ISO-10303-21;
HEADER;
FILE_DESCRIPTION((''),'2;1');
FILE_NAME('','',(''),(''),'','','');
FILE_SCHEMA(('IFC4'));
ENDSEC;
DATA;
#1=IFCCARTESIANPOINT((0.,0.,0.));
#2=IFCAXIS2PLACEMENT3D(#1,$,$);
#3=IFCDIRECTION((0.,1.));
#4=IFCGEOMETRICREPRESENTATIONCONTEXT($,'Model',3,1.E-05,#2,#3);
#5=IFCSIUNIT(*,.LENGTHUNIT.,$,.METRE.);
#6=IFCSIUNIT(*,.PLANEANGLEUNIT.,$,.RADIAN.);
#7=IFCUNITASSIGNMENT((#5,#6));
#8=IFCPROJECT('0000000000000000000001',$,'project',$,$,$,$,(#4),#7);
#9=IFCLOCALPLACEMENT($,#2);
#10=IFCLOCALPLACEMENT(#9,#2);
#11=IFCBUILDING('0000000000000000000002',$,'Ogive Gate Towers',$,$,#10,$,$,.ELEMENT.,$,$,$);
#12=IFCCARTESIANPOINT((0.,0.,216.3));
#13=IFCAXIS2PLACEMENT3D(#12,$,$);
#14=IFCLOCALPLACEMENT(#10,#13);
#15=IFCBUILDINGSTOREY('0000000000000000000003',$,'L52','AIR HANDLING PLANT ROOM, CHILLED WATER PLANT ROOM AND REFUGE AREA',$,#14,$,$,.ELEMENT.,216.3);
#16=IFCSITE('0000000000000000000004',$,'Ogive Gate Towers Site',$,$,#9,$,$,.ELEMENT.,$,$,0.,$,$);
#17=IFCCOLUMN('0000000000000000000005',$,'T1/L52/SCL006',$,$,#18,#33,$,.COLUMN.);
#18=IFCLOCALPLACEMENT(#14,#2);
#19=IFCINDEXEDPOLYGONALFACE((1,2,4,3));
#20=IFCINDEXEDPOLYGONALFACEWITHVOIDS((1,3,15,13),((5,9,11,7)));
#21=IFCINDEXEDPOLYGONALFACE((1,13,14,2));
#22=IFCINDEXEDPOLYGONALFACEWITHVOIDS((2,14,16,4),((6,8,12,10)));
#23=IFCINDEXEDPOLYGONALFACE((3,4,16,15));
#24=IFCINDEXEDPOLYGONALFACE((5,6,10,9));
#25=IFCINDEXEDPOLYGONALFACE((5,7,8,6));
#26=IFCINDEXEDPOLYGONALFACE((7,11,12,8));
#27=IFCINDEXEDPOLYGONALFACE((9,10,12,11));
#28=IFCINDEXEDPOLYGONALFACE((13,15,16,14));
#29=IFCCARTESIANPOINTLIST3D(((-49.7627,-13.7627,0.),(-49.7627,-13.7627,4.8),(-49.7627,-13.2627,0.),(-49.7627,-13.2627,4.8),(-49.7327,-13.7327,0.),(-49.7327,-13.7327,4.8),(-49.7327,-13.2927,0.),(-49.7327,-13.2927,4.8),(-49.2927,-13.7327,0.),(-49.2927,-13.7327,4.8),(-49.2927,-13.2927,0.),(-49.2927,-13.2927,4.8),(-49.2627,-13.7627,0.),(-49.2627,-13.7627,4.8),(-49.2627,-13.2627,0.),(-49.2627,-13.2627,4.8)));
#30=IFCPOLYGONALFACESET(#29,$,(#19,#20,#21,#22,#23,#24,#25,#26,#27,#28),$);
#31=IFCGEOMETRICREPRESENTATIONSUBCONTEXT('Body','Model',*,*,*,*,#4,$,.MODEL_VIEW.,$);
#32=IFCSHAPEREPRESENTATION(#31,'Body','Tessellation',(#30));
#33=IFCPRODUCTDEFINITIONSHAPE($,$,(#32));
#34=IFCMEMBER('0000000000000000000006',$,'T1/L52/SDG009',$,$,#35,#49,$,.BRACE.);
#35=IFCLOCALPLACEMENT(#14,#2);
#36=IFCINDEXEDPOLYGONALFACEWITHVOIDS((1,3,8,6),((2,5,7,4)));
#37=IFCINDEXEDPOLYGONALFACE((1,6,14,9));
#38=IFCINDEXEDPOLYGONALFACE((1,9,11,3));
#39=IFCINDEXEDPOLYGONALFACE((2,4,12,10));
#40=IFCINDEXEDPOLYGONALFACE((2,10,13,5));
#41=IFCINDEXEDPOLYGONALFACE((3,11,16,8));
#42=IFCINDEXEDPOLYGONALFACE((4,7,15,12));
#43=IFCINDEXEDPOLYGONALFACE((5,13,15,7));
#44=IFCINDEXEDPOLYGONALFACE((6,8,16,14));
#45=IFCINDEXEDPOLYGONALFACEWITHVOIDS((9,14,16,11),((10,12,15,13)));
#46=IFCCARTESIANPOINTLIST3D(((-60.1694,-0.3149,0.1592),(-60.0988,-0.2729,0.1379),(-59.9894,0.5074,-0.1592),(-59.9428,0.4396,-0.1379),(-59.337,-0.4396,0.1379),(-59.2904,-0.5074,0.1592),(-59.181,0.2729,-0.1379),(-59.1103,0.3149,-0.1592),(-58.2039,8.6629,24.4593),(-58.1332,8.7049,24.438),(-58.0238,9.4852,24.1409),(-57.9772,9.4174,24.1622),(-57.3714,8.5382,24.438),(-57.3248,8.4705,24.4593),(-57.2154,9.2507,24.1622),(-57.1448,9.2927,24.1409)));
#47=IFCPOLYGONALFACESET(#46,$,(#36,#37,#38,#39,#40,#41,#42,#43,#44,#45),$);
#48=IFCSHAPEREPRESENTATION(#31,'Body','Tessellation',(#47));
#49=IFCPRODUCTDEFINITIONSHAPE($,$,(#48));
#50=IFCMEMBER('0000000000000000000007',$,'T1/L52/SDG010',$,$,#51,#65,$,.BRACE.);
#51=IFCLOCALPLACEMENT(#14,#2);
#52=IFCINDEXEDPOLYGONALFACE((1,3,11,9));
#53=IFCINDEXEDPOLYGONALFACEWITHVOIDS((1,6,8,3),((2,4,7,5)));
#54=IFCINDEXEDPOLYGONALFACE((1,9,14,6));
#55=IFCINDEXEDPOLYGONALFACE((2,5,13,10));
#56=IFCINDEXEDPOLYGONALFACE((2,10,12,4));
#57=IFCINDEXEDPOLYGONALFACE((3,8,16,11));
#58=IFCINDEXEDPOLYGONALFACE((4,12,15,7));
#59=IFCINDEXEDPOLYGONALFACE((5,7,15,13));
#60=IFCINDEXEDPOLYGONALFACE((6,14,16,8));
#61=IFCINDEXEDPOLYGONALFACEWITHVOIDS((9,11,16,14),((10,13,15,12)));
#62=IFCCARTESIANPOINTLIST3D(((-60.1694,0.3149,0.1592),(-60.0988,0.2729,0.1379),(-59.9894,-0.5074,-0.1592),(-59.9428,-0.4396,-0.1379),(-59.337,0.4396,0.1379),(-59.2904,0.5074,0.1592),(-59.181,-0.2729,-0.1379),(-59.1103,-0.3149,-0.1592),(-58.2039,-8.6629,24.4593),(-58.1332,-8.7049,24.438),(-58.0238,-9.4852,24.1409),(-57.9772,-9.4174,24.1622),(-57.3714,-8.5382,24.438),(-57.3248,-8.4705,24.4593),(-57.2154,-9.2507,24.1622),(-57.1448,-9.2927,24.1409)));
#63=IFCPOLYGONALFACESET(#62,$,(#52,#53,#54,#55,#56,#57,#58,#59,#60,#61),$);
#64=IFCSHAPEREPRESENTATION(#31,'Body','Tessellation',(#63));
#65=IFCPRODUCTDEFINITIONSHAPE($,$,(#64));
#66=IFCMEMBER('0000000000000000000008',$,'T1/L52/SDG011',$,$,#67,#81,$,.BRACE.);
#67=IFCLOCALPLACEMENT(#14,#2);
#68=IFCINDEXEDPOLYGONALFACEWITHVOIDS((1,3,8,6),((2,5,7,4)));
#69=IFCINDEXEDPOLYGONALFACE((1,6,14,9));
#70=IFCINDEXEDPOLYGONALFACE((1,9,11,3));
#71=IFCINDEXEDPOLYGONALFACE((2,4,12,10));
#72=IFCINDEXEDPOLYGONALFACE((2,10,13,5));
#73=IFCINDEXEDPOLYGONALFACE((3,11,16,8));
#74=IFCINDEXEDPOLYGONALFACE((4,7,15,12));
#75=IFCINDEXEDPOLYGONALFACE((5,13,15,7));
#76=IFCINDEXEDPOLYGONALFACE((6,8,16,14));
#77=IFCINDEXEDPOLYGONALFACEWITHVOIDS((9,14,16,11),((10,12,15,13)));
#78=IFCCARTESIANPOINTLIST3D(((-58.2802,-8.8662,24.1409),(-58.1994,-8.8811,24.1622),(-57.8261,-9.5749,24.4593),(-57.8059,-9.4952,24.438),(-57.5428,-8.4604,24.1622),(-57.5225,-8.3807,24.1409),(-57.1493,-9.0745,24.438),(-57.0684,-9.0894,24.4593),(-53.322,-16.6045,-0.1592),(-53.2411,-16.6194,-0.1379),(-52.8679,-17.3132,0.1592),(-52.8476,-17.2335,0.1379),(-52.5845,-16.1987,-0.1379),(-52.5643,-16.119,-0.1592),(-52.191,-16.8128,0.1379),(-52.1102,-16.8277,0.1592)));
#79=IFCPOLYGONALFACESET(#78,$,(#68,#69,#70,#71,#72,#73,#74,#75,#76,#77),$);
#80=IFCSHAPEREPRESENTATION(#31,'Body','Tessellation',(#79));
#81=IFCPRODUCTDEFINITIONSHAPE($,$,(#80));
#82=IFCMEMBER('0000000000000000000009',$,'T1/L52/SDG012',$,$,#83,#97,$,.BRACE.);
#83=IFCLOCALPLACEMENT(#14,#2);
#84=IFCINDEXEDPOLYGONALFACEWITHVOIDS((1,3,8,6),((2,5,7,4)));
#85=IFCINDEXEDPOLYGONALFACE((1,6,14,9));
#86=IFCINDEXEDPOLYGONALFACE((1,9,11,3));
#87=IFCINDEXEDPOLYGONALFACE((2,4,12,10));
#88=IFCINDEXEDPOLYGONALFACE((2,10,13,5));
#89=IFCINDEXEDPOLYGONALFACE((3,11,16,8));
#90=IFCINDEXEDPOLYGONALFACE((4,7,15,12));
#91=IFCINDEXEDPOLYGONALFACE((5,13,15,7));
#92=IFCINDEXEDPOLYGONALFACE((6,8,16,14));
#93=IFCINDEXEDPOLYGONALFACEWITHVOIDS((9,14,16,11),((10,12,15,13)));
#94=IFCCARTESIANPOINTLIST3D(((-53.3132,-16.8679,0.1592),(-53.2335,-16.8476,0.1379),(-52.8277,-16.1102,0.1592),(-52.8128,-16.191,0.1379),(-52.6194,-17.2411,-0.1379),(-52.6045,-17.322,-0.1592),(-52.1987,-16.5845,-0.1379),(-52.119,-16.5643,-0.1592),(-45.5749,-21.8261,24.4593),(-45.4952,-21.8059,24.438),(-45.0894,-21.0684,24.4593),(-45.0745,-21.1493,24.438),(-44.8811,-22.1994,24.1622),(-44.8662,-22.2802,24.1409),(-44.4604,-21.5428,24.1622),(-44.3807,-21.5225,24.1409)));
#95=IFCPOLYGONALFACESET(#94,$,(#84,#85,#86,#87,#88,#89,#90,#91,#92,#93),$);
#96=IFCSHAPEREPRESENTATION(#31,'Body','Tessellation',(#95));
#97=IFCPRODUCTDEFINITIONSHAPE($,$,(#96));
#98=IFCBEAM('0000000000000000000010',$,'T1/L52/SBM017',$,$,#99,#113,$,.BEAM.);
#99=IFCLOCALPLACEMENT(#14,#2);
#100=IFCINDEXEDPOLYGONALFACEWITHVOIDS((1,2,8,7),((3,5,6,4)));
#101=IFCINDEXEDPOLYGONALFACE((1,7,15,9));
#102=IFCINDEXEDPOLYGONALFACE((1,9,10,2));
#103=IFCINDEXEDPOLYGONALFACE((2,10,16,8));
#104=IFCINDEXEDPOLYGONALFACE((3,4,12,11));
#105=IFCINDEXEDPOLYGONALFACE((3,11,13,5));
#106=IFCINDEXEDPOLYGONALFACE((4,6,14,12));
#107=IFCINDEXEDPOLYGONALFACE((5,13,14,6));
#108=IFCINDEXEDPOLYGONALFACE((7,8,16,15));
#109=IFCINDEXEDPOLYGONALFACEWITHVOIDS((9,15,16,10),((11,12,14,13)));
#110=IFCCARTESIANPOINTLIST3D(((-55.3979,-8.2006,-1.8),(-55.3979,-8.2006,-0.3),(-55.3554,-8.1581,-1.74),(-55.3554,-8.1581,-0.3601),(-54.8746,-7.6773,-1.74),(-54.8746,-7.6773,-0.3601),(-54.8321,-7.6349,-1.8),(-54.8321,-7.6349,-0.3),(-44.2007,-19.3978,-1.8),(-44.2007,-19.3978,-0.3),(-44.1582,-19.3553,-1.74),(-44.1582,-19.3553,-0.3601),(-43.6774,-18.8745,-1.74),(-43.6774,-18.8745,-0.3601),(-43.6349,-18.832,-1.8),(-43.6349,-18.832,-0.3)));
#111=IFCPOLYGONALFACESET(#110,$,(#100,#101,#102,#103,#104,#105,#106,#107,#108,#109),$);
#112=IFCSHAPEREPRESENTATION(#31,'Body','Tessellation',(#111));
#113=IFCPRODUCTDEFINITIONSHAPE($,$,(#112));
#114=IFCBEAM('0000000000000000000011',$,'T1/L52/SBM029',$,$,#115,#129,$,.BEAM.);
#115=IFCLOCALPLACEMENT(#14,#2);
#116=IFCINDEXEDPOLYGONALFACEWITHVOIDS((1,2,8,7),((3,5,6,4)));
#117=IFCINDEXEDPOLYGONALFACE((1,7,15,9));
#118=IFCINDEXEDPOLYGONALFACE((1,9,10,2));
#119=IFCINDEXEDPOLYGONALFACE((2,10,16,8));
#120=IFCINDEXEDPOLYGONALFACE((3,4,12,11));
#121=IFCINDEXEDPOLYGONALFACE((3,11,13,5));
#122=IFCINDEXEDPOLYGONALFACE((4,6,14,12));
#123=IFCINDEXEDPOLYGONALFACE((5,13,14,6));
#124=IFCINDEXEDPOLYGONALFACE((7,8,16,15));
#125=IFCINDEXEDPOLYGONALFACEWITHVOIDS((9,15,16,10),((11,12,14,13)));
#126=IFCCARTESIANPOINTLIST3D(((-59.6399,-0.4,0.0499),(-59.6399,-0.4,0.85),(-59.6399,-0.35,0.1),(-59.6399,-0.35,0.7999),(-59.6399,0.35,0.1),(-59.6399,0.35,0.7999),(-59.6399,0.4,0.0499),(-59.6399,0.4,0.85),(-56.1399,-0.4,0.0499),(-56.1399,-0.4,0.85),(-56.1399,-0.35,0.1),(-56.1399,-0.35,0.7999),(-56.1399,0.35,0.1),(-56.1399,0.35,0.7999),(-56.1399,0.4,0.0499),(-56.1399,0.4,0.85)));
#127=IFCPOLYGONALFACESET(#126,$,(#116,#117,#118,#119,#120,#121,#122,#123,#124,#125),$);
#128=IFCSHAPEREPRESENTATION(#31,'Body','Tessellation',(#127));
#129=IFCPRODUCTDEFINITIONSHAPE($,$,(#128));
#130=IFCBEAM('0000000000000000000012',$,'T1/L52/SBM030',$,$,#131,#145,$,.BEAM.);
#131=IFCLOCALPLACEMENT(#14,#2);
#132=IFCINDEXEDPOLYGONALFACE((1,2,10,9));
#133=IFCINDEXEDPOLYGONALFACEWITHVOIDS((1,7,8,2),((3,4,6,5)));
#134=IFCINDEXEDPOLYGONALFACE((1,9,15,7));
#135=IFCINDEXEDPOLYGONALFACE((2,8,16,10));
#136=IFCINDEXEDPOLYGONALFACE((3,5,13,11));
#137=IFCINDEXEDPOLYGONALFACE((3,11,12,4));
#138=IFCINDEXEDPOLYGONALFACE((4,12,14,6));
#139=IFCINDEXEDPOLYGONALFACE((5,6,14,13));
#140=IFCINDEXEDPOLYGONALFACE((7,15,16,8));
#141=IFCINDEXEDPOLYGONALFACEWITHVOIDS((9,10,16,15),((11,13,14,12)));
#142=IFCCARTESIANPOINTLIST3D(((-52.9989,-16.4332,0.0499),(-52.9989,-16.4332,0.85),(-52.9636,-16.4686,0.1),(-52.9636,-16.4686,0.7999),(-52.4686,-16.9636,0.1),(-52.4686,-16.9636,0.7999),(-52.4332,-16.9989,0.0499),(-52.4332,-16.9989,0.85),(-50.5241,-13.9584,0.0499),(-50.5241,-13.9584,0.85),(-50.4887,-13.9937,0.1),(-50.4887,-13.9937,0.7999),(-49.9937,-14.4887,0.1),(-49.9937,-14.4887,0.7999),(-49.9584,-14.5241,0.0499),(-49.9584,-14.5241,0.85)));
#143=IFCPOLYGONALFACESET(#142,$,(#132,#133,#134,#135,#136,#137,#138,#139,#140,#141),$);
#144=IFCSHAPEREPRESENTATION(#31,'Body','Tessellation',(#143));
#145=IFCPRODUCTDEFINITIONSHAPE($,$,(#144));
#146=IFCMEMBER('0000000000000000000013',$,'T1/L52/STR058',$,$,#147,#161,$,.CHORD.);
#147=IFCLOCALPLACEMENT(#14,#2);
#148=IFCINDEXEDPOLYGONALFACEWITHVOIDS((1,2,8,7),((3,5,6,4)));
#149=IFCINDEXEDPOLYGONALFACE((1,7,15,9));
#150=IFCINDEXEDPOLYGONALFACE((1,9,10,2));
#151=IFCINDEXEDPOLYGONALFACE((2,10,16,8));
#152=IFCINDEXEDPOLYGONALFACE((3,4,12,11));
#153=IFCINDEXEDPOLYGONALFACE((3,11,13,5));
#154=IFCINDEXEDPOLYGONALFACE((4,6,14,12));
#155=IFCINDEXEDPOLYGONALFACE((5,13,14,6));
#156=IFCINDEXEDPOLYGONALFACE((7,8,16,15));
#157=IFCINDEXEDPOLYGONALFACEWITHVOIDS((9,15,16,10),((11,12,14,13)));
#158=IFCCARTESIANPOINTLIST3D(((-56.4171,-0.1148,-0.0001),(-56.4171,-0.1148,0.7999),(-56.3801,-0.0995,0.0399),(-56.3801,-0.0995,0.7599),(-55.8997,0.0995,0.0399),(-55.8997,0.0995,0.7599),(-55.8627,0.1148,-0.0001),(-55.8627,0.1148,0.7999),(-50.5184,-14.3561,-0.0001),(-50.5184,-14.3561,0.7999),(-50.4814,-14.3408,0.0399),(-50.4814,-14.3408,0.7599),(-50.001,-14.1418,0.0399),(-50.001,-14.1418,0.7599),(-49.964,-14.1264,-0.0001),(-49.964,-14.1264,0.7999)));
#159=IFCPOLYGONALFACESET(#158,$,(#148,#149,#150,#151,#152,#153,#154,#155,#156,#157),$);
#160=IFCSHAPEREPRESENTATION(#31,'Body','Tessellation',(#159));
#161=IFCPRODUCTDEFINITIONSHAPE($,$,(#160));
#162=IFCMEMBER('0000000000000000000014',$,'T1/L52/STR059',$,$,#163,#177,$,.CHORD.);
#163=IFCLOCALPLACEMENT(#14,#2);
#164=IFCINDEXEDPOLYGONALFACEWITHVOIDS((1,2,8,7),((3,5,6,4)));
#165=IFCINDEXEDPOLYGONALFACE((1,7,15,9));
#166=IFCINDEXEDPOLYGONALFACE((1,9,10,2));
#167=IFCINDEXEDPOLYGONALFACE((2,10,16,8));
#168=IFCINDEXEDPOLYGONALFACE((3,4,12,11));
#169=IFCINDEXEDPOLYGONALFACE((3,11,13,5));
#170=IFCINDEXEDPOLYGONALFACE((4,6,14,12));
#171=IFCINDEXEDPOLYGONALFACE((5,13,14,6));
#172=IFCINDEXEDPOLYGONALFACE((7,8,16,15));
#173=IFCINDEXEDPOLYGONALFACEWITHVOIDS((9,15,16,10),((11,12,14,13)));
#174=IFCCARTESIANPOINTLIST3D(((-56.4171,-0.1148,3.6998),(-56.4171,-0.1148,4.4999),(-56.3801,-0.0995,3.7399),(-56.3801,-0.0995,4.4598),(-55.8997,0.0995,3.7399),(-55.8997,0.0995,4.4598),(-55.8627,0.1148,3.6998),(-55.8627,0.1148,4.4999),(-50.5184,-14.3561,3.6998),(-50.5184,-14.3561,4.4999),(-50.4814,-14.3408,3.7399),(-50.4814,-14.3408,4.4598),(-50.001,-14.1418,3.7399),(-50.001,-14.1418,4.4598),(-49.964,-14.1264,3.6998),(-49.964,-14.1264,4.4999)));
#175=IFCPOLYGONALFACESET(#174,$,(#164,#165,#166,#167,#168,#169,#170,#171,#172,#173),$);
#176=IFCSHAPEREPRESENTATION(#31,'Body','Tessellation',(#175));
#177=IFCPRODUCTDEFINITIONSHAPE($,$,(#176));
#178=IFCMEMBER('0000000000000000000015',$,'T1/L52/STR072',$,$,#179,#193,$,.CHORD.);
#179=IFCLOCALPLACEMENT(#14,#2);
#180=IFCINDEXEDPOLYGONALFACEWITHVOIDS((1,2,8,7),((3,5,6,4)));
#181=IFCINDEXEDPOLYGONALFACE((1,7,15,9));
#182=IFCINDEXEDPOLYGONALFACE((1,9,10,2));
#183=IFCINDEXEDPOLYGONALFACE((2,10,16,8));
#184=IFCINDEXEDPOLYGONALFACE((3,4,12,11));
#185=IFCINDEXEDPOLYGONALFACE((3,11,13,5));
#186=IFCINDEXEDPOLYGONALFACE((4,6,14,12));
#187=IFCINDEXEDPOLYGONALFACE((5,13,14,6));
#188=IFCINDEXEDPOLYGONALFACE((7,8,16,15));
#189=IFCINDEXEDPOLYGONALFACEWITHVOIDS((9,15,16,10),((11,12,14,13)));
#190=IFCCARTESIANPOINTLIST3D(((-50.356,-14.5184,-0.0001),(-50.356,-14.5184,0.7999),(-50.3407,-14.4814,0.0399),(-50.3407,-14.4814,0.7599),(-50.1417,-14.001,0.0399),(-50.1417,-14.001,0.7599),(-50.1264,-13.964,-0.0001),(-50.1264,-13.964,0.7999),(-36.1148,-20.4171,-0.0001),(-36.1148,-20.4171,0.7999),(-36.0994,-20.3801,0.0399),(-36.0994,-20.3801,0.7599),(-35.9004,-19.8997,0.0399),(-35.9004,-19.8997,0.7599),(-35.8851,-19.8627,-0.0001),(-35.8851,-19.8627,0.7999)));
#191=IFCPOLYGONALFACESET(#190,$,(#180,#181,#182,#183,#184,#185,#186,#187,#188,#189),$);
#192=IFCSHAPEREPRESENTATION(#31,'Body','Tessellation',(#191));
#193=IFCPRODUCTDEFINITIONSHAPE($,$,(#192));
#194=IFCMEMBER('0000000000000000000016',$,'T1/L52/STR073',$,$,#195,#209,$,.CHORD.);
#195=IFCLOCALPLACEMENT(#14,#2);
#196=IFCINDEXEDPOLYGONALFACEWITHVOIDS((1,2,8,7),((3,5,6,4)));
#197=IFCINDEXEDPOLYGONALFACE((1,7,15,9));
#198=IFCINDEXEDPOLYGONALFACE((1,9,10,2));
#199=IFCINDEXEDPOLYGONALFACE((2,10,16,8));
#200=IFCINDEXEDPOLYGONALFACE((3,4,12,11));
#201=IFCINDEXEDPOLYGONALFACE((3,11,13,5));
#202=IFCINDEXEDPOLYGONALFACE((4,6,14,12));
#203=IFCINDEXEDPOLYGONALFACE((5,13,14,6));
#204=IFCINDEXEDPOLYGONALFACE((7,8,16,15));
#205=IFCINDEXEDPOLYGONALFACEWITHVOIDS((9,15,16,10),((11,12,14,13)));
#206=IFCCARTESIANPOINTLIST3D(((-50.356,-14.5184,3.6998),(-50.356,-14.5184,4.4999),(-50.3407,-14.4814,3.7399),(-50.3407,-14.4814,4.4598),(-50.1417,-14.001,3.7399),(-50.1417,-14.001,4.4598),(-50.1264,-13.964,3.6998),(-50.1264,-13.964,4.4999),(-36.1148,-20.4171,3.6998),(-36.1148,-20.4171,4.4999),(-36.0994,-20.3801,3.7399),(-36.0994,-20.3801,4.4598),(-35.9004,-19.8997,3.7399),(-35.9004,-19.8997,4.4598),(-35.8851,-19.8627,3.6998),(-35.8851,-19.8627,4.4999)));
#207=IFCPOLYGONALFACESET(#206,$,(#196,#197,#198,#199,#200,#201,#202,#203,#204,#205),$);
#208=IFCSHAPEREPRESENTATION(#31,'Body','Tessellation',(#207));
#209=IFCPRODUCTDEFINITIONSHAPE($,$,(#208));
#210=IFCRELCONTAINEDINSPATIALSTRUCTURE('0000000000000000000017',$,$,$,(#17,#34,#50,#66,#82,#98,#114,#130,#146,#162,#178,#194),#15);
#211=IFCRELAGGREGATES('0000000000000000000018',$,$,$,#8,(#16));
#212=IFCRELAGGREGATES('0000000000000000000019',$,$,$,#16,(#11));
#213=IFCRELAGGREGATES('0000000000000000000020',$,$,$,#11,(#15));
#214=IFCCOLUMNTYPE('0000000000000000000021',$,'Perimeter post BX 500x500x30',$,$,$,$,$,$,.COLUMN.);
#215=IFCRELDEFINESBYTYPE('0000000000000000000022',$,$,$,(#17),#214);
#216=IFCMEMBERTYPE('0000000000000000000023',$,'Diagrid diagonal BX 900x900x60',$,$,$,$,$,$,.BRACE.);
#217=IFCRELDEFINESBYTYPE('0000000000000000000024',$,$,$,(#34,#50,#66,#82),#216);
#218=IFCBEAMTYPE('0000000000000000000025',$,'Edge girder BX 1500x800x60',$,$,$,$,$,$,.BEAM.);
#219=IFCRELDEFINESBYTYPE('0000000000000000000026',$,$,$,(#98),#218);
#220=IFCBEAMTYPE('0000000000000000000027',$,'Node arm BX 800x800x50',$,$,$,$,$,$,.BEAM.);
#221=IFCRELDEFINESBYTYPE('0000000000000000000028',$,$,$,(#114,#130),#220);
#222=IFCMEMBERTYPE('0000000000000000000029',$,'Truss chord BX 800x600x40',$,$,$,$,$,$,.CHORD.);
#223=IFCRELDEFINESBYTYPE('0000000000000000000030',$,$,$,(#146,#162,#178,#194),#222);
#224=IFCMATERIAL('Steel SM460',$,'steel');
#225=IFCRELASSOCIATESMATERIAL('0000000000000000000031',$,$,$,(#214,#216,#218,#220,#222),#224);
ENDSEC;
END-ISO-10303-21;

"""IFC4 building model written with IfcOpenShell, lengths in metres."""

from ifc_helpers import new_model, si_unit, direction, frame, origin, origin_2d, place, context, subcontext, project, spatial, hollow_rectangle, extrude, material, material_profile, profile_set, type_object, element, save


model = new_model("IFC4")

# Units and contexts
model_context = context("Model", 3, precision=1e-05, world=origin(), true_north=direction((0.0, 1.0)))
body_context = subcontext(model_context, "Body", "Model", "MODEL_VIEW")
ifc_project = project(units=[si_unit("LENGTHUNIT", "METRE"), si_unit("PLANEANGLEUNIT", "RADIAN")], contexts=[model_context])

# Site, building, storey
site_placement = place(None, origin())
site = spatial("IfcSite", under=ifc_project, at=site_placement, Name="Ogive Gate Towers Site", CompositionType="ELEMENT", RefElevation=0.0)
building_placement = place(site_placement, origin())
building = spatial("IfcBuilding", under=site, at=building_placement, Name="Ogive Gate Towers", CompositionType="ELEMENT")
storey_placement = place(building_placement, frame((0.0, 0.0, 216.3)))
storey = spatial("IfcBuildingStorey", under=building, at=storey_placement, Name="L52", Description="AIR HANDLING PLANT ROOM, CHILLED WATER PLANT ROOM AND REFUGE AREA", CompositionType="ELEMENT", Elevation=216.3)

# Column
ifc_material_1 = material(Name="Steel SM460", Category="steel")
ifc_material_profile_1 = material_profile(ifc_material_1, hollow_rectangle(XDim=0.5, YDim=0.5, WallThickness=0.03, at=origin_2d()), Name="BX 500x500x30")
ifc_profile_set_1 = profile_set([ifc_material_profile_1], Name="Steel SM460")
column_type = type_object("IfcColumnType", Name="Perimeter post BX 500x500x30", PredefinedType="COLUMN", material=ifc_profile_set_1)
column_placement = place(storey_placement, frame((-49.5127, -13.5127, 0.0), z_axis=(0.0, 0.0, 1.0), x_axis=(1.0, 0.0, 0.0)))
element("IfcColumn", 1, at=column_placement, inside=storey, type_object=column_type, Name="T1/L52/SCL006", PredefinedType="COLUMN", context=body_context, shape_type="SweptSolid", body=[
    extrude(hollow_rectangle(XDim=0.5, YDim=0.5, WallThickness=0.03, at=origin_2d()), origin(), (0.0, 0.0, 1.0), 4.8),
])

# Members
ifc_material_profile_2 = material_profile(ifc_material_1, hollow_rectangle(XDim=0.8999, YDim=0.8999, WallThickness=0.0601, at=origin_2d()), Name="BX 900x900x60")
ifc_profile_set_2 = profile_set([ifc_material_profile_2], Name="Steel SM460")
member_type_1 = type_object("IfcMemberType", Name="Diagrid diagonal BX 900x900x60", PredefinedType="BRACE", material=ifc_profile_set_2)
for number, where, z_axis, x_axis, name in (
    (2, (-59.6399, 0.0, 0.0), (0.075658, 0.345566, 0.935339), (-0.976862, 0.213872, 0.0), "T1/L52/SDG009"),
    (3, (-59.6399, 0.0, 0.0), (0.075658, -0.345566, 0.935339), (0.976862, 0.213872, 0.0), "T1/L52/SDG010"),
    (4, (-52.7161, -16.7161, 0.0), (-0.190849, 0.297856, 0.935339), (-0.841987, -0.539498, 0.0), "T1/L52/SDG011"),
    (5, (-52.7161, -16.7161, 0.0), (0.297856, -0.190849, 0.935339), (0.539498, 0.841987, 0.0), "T1/L52/SDG012"),
):
    element("IfcMember", number, at=place(storey_placement, frame(where, z_axis=z_axis, x_axis=x_axis)), inside=storey, type_object=member_type_1, Name=name, PredefinedType="BRACE", context=body_context, shape_type="SweptSolid", body=[
        extrude(hollow_rectangle(XDim=0.8999, YDim=0.8999, WallThickness=0.0601, at=origin_2d()), origin(), (0.0, 0.0, 1.0), 25.98),
    ])

# Beams
ifc_material_profile_3 = material_profile(ifc_material_1, hollow_rectangle(XDim=0.8, YDim=1.5, WallThickness=0.0601, at=origin_2d()), Name="BX 1500x800x60")
ifc_profile_set_3 = profile_set([ifc_material_profile_3], Name="Steel SM460")
beam_type_1 = type_object("IfcBeamType", Name="Edge girder BX 1500x800x60", PredefinedType="BEAM", material=ifc_profile_set_3)
beam_placement = place(storey_placement, frame((-55.115, -7.9177, -1.05), z_axis=(0.707107, -0.707107, 0.0), x_axis=(0.707107, 0.707107, 0.0)))
element("IfcBeam", 6, at=beam_placement, inside=storey, type_object=beam_type_1, Name="T1/L52/SBM017", PredefinedType="BEAM", context=body_context, shape_type="SweptSolid", body=[
    extrude(hollow_rectangle(XDim=0.8, YDim=1.5, WallThickness=0.0601, at=origin_2d()), origin(), (0.0, 0.0, 1.0), 15.8352),
])
ifc_material_profile_4 = material_profile(ifc_material_1, hollow_rectangle(XDim=0.8, YDim=0.8, WallThickness=0.05, at=origin_2d()), Name="BX 800x800x50")
ifc_profile_set_4 = profile_set([ifc_material_profile_4], Name="Steel SM460")
beam_type_2 = type_object("IfcBeamType", Name="Node arm BX 800x800x50", PredefinedType="BEAM", material=ifc_profile_set_4)
for number, where, z_axis, x_axis, name in (
    (7, (-56.1399, 0.0, 0.45), (-1.0, 0.0, 0.0), (0.0, -1.0, 0.0), "T1/L52/SBM029"),
    (8, (-50.2412, -14.2412, 0.45), (-0.707107, -0.707107, 0.0), (0.707107, -0.707107, 0.0), "T1/L52/SBM030"),
):
    element("IfcBeam", number, at=place(storey_placement, frame(where, z_axis=z_axis, x_axis=x_axis)), inside=storey, type_object=beam_type_2, Name=name, PredefinedType="BEAM", context=body_context, shape_type="SweptSolid", body=[
        extrude(hollow_rectangle(XDim=0.8, YDim=0.8, WallThickness=0.05, at=origin_2d()), origin(), (0.0, 0.0, 1.0), 3.5),
    ])

# Members
ifc_material_profile_5 = material_profile(ifc_material_1, hollow_rectangle(XDim=0.6001, YDim=0.8, WallThickness=0.04, at=origin_2d()), Name="BX 800x600x40")
ifc_profile_set_5 = profile_set([ifc_material_profile_5], Name="Steel SM460")
member_type_2 = type_object("IfcMemberType", Name="Truss chord BX 800x600x40", PredefinedType="CHORD", material=ifc_profile_set_5)
for number, where, z_axis, x_axis, name in (
    (9, (-56.1399, 0.0, 0.3999), (0.382671, -0.923885, 0.0), (0.923885, 0.382671, 0.0), "T1/L52/STR058"),
    (10, (-56.1399, 0.0, 4.0999), (0.382671, -0.923885, 0.0), (0.923885, 0.382671, 0.0), "T1/L52/STR059"),
    (11, (-50.2412, -14.2412, 0.3999), (0.923885, -0.382671, 0.0), (0.382671, 0.923885, 0.0), "T1/L52/STR072"),
    (12, (-50.2412, -14.2412, 4.0999), (0.923885, -0.382671, 0.0), (0.382671, 0.923885, 0.0), "T1/L52/STR073"),
):
    element("IfcMember", number, at=place(storey_placement, frame(where, z_axis=z_axis, x_axis=x_axis)), inside=storey, type_object=member_type_2, Name=name, PredefinedType="CHORD", context=body_context, shape_type="SweptSolid", body=[
        extrude(hollow_rectangle(XDim=0.6001, YDim=0.8, WallThickness=0.04, at=origin_2d()), origin(), (0.0, 0.0, 1.0), 15.4146),
    ])

save(model, "model.ifc")
